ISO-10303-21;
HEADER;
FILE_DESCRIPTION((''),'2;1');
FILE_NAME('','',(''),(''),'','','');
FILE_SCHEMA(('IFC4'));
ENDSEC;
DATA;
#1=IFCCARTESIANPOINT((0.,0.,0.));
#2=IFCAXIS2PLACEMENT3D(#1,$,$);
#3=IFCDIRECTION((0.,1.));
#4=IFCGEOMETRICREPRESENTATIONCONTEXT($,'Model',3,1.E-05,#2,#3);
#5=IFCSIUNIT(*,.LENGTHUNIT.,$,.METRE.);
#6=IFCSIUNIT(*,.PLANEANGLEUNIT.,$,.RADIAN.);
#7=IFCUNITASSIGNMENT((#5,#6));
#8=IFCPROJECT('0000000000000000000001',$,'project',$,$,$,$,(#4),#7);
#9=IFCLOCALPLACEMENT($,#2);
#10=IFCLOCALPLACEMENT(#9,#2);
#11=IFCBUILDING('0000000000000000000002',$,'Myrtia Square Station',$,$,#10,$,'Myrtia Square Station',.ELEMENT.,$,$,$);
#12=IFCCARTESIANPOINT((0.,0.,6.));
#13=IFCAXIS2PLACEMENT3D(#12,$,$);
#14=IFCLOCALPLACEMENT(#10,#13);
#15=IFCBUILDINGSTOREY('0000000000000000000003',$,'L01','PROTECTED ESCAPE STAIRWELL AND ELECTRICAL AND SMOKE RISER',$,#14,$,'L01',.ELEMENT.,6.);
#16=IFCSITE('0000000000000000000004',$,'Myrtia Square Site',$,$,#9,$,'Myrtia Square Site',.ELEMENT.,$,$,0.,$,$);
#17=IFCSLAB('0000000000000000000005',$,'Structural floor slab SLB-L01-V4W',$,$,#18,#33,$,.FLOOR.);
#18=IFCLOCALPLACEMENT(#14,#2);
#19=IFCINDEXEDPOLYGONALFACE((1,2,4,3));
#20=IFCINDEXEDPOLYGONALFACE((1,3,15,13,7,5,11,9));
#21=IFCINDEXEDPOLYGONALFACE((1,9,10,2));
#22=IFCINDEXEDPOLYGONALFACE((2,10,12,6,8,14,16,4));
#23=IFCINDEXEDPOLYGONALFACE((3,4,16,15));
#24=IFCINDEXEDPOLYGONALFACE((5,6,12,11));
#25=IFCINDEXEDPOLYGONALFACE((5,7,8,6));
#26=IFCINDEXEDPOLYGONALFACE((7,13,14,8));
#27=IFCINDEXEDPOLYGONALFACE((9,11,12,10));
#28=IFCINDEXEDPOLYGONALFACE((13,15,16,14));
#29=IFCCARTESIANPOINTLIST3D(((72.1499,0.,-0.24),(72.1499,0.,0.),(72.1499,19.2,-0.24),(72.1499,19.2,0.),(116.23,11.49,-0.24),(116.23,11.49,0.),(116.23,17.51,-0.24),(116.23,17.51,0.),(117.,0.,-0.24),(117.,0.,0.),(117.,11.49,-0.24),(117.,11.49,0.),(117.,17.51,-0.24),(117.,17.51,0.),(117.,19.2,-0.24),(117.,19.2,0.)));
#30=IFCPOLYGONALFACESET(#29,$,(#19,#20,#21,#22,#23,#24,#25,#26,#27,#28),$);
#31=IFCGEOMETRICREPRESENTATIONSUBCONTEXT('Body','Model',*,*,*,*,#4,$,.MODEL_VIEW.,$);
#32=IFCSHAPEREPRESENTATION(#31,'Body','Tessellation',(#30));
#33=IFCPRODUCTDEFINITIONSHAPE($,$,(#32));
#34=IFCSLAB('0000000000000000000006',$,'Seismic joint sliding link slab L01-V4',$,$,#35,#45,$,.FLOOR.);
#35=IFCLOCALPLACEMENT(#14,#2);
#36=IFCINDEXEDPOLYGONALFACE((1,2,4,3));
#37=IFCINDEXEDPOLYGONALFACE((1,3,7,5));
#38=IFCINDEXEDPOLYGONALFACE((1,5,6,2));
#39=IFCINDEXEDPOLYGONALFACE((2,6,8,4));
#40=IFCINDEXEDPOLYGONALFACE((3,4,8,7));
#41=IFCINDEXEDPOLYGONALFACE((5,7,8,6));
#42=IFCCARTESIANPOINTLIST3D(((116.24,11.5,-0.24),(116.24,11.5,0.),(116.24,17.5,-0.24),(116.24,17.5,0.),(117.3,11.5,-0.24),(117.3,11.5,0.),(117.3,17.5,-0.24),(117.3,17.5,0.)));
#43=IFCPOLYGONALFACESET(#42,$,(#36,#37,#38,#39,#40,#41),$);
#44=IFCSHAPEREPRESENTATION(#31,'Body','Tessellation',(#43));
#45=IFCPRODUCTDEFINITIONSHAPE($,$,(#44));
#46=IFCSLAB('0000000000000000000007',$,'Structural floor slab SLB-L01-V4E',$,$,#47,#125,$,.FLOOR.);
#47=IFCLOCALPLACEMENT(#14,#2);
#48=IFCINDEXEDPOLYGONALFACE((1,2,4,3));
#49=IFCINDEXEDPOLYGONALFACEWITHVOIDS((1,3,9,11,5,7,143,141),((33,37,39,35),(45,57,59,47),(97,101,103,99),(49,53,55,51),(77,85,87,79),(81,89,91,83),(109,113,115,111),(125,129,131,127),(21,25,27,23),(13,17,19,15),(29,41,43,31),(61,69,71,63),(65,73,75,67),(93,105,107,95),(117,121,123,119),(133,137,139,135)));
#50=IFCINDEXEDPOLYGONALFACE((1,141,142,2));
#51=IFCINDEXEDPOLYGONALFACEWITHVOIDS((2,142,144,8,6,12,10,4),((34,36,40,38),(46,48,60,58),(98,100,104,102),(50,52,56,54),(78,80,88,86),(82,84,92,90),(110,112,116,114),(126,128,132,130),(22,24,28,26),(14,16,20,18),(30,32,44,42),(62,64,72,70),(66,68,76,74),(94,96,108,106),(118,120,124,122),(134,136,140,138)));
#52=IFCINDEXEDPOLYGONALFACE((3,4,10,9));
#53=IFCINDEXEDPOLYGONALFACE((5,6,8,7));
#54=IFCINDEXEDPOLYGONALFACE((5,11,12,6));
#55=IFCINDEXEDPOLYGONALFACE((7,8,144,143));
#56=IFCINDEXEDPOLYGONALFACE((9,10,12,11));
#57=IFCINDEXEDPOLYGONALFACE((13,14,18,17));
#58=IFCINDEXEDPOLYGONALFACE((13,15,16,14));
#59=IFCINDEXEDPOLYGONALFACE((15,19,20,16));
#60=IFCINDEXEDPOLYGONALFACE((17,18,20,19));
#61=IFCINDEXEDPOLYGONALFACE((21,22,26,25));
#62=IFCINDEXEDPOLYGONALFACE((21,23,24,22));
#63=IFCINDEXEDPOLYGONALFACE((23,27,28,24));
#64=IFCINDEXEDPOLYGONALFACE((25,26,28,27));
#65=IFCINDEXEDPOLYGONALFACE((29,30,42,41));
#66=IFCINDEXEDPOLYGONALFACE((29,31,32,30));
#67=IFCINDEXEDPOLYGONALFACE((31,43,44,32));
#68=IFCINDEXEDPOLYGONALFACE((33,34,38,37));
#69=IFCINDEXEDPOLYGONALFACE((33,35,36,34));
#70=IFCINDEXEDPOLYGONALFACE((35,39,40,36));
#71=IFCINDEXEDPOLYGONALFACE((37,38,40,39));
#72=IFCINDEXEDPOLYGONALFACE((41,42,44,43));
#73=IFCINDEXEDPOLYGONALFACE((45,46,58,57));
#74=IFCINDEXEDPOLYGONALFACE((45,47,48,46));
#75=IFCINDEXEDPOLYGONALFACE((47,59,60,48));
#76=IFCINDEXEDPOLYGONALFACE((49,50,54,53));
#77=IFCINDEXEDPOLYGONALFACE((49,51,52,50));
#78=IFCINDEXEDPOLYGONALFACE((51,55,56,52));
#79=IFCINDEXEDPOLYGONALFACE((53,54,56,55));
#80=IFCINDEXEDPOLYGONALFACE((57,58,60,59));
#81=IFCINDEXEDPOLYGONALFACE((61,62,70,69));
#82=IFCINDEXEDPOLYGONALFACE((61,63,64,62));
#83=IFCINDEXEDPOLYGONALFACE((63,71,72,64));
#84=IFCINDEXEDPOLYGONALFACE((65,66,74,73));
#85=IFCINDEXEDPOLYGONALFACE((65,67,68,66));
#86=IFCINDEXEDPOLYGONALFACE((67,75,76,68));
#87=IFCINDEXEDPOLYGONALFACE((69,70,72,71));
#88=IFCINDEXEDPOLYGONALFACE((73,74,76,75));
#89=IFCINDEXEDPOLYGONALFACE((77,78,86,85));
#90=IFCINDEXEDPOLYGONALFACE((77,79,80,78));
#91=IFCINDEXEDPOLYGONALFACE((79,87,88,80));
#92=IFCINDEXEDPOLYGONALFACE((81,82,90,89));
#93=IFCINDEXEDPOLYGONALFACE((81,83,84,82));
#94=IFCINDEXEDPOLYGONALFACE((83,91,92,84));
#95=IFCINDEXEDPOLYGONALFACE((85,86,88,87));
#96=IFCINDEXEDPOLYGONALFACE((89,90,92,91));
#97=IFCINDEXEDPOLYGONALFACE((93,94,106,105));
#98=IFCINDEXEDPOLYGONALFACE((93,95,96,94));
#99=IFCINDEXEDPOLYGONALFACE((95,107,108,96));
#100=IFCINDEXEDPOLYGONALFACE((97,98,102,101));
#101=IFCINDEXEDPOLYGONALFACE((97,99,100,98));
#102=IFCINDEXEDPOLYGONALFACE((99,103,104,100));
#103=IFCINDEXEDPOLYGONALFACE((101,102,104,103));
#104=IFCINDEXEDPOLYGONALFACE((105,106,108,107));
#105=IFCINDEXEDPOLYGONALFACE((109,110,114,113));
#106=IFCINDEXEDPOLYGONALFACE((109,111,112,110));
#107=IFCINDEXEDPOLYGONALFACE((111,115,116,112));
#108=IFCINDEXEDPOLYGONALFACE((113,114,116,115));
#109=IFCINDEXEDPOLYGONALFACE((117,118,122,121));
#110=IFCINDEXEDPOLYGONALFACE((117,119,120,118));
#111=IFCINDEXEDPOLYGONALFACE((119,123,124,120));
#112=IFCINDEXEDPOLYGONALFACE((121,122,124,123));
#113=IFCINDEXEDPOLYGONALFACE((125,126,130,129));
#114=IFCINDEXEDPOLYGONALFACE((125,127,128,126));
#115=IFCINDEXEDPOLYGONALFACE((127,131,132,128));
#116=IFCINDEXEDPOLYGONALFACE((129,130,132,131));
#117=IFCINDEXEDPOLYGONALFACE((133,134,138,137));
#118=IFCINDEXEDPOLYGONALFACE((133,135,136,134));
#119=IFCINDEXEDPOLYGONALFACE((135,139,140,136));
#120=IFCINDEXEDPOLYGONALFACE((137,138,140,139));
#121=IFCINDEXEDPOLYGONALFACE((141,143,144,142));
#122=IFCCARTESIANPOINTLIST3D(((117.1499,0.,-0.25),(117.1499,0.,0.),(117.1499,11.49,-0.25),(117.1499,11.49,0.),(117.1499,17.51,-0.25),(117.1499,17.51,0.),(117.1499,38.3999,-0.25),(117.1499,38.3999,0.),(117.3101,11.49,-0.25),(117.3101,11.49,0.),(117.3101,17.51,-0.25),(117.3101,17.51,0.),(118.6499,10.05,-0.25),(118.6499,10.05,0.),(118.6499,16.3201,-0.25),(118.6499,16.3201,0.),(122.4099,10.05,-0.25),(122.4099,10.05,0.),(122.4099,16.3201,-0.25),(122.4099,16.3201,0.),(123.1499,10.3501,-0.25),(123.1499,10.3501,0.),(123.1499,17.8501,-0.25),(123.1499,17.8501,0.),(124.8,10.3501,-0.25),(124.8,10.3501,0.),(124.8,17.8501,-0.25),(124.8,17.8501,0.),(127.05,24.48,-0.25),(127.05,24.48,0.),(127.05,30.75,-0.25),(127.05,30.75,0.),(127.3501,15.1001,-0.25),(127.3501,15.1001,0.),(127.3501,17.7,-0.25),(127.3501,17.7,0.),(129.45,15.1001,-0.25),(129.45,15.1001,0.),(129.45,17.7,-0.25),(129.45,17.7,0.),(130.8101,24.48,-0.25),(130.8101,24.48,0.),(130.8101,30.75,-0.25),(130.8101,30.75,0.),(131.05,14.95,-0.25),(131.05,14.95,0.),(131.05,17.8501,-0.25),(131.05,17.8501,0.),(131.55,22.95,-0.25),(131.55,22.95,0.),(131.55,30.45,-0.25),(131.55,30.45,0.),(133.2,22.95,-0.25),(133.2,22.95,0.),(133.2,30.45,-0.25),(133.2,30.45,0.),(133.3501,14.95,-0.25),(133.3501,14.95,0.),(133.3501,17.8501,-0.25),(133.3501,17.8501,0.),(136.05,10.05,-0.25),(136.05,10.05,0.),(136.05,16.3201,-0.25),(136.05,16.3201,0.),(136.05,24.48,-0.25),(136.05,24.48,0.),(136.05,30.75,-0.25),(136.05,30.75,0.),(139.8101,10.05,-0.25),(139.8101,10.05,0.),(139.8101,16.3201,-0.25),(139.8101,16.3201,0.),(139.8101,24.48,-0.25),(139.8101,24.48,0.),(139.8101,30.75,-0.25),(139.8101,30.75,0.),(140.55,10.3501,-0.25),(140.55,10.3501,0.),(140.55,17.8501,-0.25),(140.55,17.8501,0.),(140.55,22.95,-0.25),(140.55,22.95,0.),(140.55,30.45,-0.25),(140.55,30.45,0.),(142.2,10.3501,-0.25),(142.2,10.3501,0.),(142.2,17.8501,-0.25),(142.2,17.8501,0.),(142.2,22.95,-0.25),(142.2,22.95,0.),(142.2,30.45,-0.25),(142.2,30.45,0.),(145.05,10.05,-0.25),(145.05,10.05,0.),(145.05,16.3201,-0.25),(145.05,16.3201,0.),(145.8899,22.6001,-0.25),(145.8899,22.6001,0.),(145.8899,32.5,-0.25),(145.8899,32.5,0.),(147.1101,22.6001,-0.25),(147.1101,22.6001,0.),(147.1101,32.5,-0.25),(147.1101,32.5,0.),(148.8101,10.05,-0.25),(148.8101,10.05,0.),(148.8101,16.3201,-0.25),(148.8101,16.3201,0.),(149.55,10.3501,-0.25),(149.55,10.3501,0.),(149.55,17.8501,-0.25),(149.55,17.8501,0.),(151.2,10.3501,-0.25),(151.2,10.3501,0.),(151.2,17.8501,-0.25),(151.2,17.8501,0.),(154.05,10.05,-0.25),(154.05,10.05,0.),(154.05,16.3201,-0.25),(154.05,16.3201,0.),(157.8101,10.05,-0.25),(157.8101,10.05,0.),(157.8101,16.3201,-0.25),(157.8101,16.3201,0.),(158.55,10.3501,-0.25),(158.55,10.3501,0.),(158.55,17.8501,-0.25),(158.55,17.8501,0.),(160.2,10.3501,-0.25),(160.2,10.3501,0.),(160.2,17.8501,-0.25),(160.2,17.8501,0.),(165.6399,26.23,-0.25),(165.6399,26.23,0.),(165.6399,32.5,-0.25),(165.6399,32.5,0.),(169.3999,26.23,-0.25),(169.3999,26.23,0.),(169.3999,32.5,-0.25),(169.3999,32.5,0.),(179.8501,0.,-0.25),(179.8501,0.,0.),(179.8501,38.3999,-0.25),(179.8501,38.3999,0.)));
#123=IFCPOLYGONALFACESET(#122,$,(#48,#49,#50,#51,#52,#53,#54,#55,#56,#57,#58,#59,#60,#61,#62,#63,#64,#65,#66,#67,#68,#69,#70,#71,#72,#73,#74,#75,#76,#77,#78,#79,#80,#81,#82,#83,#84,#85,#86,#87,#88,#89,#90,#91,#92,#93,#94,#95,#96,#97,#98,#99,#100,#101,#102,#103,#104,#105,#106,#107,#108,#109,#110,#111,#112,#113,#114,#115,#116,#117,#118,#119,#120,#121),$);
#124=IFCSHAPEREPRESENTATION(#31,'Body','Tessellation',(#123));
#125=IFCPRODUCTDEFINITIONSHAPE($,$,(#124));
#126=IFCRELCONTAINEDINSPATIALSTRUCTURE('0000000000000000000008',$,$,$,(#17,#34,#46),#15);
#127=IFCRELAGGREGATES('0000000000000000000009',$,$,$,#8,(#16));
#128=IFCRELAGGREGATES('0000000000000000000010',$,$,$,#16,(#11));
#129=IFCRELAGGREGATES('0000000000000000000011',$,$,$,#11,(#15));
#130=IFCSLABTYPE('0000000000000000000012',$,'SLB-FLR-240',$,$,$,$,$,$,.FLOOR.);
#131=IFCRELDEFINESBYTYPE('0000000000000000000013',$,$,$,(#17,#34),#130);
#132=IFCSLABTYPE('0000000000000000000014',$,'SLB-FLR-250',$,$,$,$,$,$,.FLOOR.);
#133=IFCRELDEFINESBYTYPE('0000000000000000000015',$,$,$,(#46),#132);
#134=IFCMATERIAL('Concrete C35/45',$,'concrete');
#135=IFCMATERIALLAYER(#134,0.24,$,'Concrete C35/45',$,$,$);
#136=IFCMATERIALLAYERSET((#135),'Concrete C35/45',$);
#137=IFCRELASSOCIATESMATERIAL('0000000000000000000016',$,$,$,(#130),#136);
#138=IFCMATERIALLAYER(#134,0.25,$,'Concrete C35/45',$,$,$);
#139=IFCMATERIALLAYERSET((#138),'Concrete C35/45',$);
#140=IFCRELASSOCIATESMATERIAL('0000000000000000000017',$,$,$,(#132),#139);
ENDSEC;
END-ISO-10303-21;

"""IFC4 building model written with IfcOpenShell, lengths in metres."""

from ifc_helpers import new_model, si_unit, direction, frame, origin, place, context, subcontext, project, spatial, polyline, outline, extrude, material, layer, layer_set, type_object, element, save


model = new_model("IFC4")

# Units and contexts
model_context = context("Model", 3, precision=1e-05, world=origin(), true_north=direction((0.0, 1.0)))
body_context = subcontext(model_context, "Body", "Model", "MODEL_VIEW")
ifc_project = project(units=[si_unit("LENGTHUNIT", "METRE"), si_unit("PLANEANGLEUNIT", "RADIAN")], contexts=[model_context])

# Site, building, storey
site_placement = place(None, origin())
site = spatial("IfcSite", under=ifc_project, at=site_placement, Name="Myrtia Square Site", LongName="Myrtia Square Site", CompositionType="ELEMENT", RefElevation=0.0)
building_placement = place(site_placement, origin())
building = spatial("IfcBuilding", under=site, at=building_placement, Name="Myrtia Square Station", LongName="Myrtia Square Station", CompositionType="ELEMENT")
storey_placement = place(building_placement, frame((0.0, 0.0, 6.0)))
storey = spatial("IfcBuildingStorey", under=building, at=storey_placement, Name="L01", Description="PROTECTED ESCAPE STAIRWELL AND ELECTRICAL AND SMOKE RISER", LongName="L01", CompositionType="ELEMENT", Elevation=6.0)

# Slabs
ifc_material_1 = material(Name="Concrete C35/45", Category="concrete")
ifc_layer_1 = layer(ifc_material_1, 0.24, Name="Concrete C35/45")
ifc_layer_set_1 = layer_set([ifc_layer_1], Name="Concrete C35/45")
slab_type_1 = type_object("IfcSlabType", Name="SLB-FLR-240", PredefinedType="FLOOR", material=ifc_layer_set_1)
slab_1_placement = place(storey_placement, frame((0.0, 0.0, -0.24)))
element("IfcSlab", 1, at=slab_1_placement, inside=storey, type_object=slab_type_1, Name="Structural floor slab SLB-L01-V4W", PredefinedType="FLOOR", context=body_context, shape_type="SweptSolid", body=[
    extrude(outline(polyline([(72.1499, 0.0), (117.0, 0.0), (117.0, 11.49), (116.23, 11.49), (116.23, 17.51), (117.0, 17.51), (117.0, 19.2), (72.1499, 19.2), (72.1499, 0.0)])), origin(), (0.0, 0.0, 1.0), 0.24),
])
slab_2_placement = place(storey_placement, frame((0.0, 0.0, -0.24)))
element("IfcSlab", 2, at=slab_2_placement, inside=storey, type_object=slab_type_1, Name="Seismic joint sliding link slab L01-V4", PredefinedType="FLOOR", context=body_context, shape_type="SweptSolid", body=[
    extrude(outline(polyline([(116.24, 11.5), (117.3, 11.5), (117.3, 17.5), (116.24, 17.5), (116.24, 11.5)])), origin(), (0.0, 0.0, 1.0), 0.24),
])
ifc_layer_2 = layer(ifc_material_1, 0.25, Name="Concrete C35/45")
ifc_layer_set_2 = layer_set([ifc_layer_2], Name="Concrete C35/45")
slab_type_2 = type_object("IfcSlabType", Name="SLB-FLR-250", PredefinedType="FLOOR", material=ifc_layer_set_2)
slab_3_placement = place(storey_placement, frame((0.0, 0.0, -0.25)))
element("IfcSlab", 3, at=slab_3_placement, inside=storey, type_object=slab_type_2, Name="Structural floor slab SLB-L01-V4E", PredefinedType="FLOOR", context=body_context, shape_type="SweptSolid", body=[
    extrude(outline(polyline([(117.1499, 0.0), (179.8501, 0.0), (179.8501, 38.3999), (117.1499, 38.3999), (117.1499, 17.51), (117.3101, 17.51), (117.3101, 11.49), (117.1499, 11.49), (117.1499, 0.0)]), holes=[polyline([(123.1499, 10.3501), (123.1499, 17.8501), (124.8, 17.8501), (124.8, 10.3501), (123.1499, 10.3501)]), polyline([(140.55, 10.3501), (140.55, 17.8501), (142.2, 17.8501), (142.2, 10.3501), (140.55, 10.3501)]), polyline([(140.55, 22.95), (140.55, 30.45), (142.2, 30.45), (142.2, 22.95), (140.55, 22.95)]), polyline([(131.55, 22.95), (131.55, 30.45), (133.2, 30.45), (133.2, 22.95), (131.55, 22.95)]), polyline([(149.55, 10.3501), (149.55, 17.8501), (151.2, 17.8501), (151.2, 10.3501), (149.55, 10.3501)]), polyline([(158.55, 10.3501), (158.55, 17.8501), (160.2, 17.8501), (160.2, 10.3501), (158.55, 10.3501)]), polyline([(118.6499, 10.05), (118.6499, 16.3201), (122.4099, 16.3201), (122.4099, 10.05), (118.6499, 10.05)]), polyline([(136.05, 10.05), (136.05, 16.3201), (139.8101, 16.3201), (139.8101, 10.05), (136.05, 10.05)]), polyline([(136.05, 24.48), (136.05, 30.75), (139.8101, 30.75), (139.8101, 24.48), (136.05, 24.48)]), polyline([(127.05, 24.48), (127.05, 30.75), (130.8101, 30.75), (130.8101, 24.48), (127.05, 24.48)]), polyline([(145.05, 10.05), (145.05, 16.3201), (148.8101, 16.3201), (148.8101, 10.05), (145.05, 10.05)]), polyline([(154.05, 10.05), (154.05, 16.3201), (157.8101, 16.3201), (157.8101, 10.05), (154.05, 10.05)]), polyline([(165.6399, 26.23), (165.6399, 32.5), (169.3999, 32.5), (169.3999, 26.23), (165.6399, 26.23)]), polyline([(127.3501, 15.1001), (127.3501, 17.7), (129.45, 17.7), (129.45, 15.1001), (127.3501, 15.1001)]), polyline([(131.05, 14.95), (131.05, 17.8501), (133.3501, 17.8501), (133.3501, 14.95), (131.05, 14.95)]), polyline([(145.8899, 22.6001), (145.8899, 32.5), (147.1101, 32.5), (147.1101, 22.6001), (145.8899, 22.6001)])]), origin(), (0.0, 0.0, 1.0), 0.25),
])

save(model, "model.ifc")
